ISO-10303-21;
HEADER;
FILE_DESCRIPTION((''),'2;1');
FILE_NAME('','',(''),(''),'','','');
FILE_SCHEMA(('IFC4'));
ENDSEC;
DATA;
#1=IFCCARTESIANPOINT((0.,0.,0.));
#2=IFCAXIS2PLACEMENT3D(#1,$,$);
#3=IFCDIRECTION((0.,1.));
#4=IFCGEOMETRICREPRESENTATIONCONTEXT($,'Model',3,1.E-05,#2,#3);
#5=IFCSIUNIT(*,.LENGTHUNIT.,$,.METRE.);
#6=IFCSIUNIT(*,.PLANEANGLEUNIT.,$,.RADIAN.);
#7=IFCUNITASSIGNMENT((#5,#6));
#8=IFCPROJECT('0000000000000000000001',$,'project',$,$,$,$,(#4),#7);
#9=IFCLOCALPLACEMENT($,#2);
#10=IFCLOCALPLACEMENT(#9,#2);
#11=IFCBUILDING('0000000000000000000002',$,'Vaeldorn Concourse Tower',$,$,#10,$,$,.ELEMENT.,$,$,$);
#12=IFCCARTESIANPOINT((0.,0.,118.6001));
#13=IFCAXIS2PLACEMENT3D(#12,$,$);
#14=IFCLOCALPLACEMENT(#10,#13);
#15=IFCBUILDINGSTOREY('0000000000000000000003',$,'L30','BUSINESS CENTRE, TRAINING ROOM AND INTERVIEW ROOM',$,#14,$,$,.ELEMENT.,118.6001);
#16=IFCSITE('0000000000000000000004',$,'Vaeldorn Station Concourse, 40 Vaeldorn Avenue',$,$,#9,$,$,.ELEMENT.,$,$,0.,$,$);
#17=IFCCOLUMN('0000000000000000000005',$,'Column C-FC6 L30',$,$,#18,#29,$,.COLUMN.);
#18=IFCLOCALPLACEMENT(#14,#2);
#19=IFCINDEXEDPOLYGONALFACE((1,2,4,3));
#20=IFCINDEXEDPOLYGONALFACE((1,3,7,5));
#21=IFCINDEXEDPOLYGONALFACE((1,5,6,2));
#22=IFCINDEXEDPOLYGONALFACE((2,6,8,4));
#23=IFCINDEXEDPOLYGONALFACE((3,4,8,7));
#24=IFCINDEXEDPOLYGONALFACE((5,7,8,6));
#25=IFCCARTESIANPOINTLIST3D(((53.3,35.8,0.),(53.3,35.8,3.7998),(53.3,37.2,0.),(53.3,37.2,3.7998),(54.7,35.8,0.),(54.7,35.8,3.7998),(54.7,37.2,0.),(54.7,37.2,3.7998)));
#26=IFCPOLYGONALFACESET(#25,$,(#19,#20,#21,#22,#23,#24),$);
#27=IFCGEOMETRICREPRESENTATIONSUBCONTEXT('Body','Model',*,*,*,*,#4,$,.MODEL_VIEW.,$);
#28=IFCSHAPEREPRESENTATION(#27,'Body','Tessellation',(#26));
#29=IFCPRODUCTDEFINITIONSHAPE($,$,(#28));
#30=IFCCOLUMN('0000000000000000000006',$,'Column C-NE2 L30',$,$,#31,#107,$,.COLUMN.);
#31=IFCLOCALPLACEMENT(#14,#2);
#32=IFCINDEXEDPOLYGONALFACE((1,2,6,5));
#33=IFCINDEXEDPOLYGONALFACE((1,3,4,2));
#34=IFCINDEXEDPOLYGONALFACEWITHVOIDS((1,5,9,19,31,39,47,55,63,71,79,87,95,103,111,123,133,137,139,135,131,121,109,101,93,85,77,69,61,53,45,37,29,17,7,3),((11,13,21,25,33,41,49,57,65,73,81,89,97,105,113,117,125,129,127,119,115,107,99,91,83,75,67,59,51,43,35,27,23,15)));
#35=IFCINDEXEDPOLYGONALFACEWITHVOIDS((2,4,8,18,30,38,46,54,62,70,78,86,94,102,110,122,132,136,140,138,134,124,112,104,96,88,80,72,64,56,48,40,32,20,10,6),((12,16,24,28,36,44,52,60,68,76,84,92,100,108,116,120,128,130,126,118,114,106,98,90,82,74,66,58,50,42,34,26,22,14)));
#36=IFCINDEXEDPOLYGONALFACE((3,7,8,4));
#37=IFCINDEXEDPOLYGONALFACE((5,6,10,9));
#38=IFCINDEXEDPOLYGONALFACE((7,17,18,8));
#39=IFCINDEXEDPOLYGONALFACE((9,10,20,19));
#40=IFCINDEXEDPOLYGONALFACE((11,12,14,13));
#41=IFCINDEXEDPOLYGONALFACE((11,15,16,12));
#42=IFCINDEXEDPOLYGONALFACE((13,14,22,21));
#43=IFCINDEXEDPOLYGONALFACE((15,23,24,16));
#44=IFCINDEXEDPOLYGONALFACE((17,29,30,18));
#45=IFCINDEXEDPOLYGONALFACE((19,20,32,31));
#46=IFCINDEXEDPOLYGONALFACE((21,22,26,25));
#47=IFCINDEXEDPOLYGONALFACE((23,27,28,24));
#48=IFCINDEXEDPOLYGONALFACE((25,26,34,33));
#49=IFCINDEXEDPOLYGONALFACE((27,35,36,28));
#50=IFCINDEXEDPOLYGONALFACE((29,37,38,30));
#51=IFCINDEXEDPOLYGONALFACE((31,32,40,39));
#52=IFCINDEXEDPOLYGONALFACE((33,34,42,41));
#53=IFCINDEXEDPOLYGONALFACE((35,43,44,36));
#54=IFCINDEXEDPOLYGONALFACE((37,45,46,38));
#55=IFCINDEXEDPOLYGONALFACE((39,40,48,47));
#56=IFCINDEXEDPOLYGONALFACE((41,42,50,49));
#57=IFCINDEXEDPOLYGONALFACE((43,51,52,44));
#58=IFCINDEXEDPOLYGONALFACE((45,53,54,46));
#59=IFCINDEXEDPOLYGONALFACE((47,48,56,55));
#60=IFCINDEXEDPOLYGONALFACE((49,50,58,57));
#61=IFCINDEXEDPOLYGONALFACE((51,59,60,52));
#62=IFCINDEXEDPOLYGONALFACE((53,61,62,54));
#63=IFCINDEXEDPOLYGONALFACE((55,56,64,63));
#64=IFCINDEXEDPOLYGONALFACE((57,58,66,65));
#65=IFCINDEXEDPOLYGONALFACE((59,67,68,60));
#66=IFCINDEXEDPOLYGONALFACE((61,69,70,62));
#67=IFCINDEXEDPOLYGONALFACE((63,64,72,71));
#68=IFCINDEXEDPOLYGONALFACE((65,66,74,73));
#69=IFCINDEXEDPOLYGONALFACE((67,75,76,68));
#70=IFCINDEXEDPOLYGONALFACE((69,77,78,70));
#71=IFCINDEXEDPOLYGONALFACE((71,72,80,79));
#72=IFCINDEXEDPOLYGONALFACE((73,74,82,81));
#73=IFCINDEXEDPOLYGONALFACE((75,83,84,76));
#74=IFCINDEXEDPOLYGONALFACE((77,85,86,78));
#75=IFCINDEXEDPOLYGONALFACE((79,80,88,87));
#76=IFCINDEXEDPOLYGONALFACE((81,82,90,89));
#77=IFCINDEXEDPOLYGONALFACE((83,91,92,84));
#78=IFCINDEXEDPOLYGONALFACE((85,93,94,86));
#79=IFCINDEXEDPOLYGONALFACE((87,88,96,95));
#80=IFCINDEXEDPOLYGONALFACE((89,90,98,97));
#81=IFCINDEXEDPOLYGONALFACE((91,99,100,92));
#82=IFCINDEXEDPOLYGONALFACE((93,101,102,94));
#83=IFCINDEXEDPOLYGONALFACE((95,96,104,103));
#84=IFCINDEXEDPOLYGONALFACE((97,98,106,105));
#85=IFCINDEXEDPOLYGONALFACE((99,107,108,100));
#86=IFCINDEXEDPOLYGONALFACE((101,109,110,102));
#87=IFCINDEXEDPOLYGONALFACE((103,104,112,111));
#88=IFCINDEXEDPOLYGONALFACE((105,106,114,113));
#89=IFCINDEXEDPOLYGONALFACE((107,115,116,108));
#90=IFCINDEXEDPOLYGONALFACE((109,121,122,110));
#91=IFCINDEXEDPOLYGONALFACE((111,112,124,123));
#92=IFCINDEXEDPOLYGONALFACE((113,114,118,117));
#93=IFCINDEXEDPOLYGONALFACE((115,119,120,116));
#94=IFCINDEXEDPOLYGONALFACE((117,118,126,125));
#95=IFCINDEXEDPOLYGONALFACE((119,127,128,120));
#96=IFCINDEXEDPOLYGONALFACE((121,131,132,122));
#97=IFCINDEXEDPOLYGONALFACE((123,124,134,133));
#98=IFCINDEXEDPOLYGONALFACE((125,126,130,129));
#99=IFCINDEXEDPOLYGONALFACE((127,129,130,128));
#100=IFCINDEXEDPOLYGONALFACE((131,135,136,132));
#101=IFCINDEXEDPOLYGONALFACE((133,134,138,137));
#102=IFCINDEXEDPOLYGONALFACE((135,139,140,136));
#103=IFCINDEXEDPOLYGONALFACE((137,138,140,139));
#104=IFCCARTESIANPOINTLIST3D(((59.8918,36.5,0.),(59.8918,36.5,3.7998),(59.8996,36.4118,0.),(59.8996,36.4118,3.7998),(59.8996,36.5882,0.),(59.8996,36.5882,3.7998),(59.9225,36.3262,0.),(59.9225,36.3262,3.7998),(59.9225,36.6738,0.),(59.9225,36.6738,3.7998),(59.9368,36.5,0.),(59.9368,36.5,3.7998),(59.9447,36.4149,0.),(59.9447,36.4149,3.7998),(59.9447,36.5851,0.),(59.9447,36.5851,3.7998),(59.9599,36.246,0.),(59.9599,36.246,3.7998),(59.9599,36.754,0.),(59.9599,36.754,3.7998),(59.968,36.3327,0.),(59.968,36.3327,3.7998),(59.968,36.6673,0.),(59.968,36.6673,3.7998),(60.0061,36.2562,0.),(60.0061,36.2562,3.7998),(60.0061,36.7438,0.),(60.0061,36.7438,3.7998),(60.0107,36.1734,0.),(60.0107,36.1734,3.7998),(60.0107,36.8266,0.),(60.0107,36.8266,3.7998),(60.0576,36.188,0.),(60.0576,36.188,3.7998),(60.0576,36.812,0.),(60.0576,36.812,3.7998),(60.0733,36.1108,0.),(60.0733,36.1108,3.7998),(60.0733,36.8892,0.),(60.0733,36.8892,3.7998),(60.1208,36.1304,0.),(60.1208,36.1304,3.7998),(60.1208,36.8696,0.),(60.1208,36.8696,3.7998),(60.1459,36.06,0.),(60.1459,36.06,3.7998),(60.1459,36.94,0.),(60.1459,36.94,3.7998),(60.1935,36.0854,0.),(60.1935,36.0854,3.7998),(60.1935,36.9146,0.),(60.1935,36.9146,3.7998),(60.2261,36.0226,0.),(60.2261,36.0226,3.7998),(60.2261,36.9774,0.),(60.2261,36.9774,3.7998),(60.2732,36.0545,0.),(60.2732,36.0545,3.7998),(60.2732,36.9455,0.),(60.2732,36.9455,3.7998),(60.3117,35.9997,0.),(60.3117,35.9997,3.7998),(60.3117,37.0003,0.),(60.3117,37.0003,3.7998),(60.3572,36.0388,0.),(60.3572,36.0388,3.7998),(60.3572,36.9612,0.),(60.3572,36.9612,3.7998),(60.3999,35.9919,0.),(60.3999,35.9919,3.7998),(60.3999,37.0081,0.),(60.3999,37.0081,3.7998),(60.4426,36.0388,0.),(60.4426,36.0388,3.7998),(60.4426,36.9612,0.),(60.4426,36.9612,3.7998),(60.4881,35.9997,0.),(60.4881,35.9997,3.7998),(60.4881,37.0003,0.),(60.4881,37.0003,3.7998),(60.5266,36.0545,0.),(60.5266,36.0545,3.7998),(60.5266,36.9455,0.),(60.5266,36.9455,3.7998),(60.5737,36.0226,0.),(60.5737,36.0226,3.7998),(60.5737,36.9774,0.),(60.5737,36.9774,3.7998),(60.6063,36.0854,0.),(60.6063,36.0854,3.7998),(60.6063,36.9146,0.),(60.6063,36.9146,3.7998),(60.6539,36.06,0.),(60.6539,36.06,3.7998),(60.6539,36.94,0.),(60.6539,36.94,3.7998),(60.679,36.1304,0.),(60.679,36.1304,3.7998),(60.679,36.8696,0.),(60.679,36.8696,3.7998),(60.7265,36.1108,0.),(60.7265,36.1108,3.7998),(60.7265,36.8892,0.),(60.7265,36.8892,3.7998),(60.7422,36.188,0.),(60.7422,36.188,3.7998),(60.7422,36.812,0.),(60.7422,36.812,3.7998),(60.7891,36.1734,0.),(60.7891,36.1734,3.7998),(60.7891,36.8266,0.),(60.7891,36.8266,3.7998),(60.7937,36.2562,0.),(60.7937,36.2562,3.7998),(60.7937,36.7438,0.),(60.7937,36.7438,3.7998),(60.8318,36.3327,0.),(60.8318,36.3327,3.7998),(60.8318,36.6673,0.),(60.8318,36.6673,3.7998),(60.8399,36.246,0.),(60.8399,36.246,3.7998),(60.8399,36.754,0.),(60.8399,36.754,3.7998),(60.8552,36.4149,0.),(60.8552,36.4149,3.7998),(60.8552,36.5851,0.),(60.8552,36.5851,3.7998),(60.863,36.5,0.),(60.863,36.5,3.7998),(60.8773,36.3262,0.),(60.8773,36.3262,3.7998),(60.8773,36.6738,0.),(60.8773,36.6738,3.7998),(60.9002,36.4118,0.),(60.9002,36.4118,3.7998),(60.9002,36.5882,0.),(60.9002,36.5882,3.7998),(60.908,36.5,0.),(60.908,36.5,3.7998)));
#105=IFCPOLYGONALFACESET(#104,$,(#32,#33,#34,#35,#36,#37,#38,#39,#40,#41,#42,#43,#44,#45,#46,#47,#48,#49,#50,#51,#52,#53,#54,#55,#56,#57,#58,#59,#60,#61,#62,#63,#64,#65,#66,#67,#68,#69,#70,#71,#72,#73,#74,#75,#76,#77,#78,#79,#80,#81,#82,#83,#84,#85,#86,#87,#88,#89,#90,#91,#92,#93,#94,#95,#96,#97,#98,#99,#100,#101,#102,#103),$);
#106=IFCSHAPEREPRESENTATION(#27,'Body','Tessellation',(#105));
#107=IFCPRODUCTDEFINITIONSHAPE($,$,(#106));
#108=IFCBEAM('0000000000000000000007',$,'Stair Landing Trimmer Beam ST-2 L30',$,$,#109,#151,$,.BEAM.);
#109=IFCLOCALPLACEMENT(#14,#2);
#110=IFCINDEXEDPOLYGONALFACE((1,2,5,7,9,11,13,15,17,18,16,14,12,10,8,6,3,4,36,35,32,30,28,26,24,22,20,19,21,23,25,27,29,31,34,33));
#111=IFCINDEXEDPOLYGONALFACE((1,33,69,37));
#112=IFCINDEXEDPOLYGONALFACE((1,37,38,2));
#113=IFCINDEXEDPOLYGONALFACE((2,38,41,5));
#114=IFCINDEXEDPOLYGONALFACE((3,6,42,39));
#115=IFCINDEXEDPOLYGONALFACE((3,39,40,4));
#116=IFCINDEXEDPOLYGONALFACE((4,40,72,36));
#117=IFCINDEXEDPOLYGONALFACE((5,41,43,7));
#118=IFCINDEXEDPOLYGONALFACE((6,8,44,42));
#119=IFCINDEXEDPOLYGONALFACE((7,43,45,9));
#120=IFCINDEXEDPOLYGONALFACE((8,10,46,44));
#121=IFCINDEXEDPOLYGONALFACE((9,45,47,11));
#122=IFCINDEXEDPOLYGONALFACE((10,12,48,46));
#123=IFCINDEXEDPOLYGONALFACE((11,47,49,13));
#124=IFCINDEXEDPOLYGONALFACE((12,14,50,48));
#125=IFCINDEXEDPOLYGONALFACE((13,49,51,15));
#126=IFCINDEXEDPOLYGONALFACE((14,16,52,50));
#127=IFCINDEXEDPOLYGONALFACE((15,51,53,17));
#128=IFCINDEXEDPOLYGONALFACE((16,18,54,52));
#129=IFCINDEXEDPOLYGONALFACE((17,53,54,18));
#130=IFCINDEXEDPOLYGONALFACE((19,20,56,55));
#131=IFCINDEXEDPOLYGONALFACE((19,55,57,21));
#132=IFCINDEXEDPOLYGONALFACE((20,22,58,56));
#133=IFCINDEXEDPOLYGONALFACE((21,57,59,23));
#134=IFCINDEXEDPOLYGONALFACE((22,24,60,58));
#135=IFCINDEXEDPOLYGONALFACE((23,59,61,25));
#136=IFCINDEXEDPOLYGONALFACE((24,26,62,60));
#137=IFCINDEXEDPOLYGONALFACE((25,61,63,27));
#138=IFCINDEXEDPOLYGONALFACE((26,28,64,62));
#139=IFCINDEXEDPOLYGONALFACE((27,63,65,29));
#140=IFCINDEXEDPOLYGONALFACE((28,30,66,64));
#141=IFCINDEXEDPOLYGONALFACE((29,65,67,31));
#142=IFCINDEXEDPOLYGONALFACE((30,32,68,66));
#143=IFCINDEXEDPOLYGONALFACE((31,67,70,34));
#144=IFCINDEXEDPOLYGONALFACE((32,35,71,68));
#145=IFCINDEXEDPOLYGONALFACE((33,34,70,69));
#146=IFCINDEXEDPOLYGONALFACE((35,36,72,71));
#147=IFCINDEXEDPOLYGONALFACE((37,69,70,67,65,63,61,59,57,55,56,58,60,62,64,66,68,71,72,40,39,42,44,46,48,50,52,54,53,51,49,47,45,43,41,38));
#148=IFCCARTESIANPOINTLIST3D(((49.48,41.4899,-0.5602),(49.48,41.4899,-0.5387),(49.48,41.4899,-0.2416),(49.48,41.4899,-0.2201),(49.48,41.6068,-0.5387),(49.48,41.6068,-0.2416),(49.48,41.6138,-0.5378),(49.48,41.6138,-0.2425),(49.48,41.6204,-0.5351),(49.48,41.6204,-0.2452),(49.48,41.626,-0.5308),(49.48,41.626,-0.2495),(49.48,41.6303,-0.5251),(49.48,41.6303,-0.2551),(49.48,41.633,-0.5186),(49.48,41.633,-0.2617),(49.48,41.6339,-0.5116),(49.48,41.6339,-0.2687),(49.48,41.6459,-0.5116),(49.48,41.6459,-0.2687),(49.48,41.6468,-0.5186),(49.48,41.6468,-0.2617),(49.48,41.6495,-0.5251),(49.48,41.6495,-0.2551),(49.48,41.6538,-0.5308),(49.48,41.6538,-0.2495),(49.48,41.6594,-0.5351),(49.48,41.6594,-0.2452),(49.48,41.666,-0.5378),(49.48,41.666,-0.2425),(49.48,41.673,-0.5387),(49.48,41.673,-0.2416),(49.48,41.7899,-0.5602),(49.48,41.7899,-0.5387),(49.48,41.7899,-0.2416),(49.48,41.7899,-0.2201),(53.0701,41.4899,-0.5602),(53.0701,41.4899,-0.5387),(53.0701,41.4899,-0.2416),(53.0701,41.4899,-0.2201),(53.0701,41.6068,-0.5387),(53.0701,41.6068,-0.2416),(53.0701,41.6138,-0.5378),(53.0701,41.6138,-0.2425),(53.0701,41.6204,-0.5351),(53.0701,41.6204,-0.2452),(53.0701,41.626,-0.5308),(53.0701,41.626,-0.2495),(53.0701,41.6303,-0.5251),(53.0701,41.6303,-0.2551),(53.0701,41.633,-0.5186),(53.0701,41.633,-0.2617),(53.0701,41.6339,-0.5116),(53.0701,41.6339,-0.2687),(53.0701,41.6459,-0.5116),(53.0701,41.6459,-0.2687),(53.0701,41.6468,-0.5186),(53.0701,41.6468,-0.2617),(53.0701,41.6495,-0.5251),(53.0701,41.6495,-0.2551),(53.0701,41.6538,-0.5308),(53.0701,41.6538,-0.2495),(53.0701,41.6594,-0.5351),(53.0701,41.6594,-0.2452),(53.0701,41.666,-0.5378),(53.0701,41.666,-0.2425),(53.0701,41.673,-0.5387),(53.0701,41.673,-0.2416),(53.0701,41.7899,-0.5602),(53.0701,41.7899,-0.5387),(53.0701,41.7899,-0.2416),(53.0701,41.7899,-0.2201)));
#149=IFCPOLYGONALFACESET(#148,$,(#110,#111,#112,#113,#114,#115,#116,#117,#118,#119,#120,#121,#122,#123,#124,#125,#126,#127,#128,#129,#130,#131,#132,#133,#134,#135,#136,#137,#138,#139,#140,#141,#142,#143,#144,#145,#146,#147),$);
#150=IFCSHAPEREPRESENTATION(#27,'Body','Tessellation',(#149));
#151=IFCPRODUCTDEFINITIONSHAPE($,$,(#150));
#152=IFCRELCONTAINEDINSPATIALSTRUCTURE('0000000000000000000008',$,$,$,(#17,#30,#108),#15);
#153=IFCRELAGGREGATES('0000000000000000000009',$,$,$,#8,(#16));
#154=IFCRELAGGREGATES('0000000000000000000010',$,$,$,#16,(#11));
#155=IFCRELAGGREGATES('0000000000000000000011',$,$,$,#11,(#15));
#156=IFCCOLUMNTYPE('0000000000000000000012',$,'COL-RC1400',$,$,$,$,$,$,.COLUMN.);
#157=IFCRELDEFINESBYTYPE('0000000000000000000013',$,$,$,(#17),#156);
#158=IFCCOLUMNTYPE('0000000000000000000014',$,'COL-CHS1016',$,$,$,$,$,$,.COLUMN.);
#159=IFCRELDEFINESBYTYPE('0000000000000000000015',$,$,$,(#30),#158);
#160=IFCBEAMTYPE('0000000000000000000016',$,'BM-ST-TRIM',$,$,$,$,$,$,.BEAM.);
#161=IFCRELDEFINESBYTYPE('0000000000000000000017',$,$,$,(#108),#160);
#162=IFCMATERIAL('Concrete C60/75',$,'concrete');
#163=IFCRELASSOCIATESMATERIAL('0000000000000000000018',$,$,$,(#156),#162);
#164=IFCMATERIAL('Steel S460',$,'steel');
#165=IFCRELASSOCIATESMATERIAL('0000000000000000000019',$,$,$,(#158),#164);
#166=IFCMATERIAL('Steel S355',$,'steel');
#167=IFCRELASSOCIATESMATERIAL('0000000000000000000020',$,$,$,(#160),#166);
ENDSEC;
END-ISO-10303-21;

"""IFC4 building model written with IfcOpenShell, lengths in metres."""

from ifc_helpers import new_model, si_unit, direction, frame, origin, origin_2d, place, context, subcontext, project, spatial, rectangle, hollow_circle, i_section, extrude, source, transform, mapped, material, material_profile, profile_set, type_object, element, save


model = new_model("IFC4")

# Units and contexts
model_context = context("Model", 3, precision=1e-05, world=origin(), true_north=direction((0.0, 1.0)))
body_context = subcontext(model_context, "Body", "Model", "MODEL_VIEW")
ifc_project = project(units=[si_unit("LENGTHUNIT", "METRE"), si_unit("PLANEANGLEUNIT", "RADIAN")], contexts=[model_context])

# Site, building, storey
site_placement = place(None, origin())
site = spatial("IfcSite", under=ifc_project, at=site_placement, Name="Vaeldorn Station Concourse, 40 Vaeldorn Avenue", CompositionType="ELEMENT", RefElevation=0.0)
building_placement = place(site_placement, origin())
building = spatial("IfcBuilding", under=site, at=building_placement, Name="Vaeldorn Concourse Tower", CompositionType="ELEMENT")
storey_placement = place(building_placement, frame((0.0, 0.0, 118.6001)))
storey = spatial("IfcBuildingStorey", under=building, at=storey_placement, Name="L30", Description="BUSINESS CENTRE, TRAINING ROOM AND INTERVIEW ROOM", CompositionType="ELEMENT", Elevation=118.6001)

# Columns
ifc_material_1 = material(Name="Concrete C60/75", Category="concrete")
ifc_material_profile_1 = material_profile(ifc_material_1, rectangle(XDim=1.3999, YDim=1.3999, at=origin_2d()), Name="RC 1400x1400")
ifc_profile_set_1 = profile_set([ifc_material_profile_1], Name="Concrete C60/75")
column_type_1 = type_object("IfcColumnType", Name="COL-RC1400", PredefinedType="COLUMN", material=ifc_profile_set_1)
shared_shape_1 = source(origin(), body_context, "Body", "SweptSolid", [
    extrude(rectangle(XDim=1.3999, YDim=1.3999, at=origin_2d()), origin(), (0.0, 0.0, 1.0), 3.7998),
])
column_1_placement = place(storey_placement, frame((54.0, 36.5, 0.0), z_axis=(0.0, 0.0, 1.0), x_axis=(1.0, 0.0, 0.0)))
element("IfcColumn", 1, at=column_1_placement, inside=storey, type_object=column_type_1, Name="Column C-FC6 L30", PredefinedType="COLUMN", context=body_context, shape_type="MappedRepresentation", body=[
    mapped(shared_shape_1, transform((0.0, 0.0, 0.0), scale=1.0)),
])
ifc_material_2 = material(Name="Steel S460", Category="steel")
ifc_material_profile_2 = material_profile(ifc_material_2, hollow_circle(Radius=0.5081, WallThickness=0.0449, at=origin_2d()), Name="CHS 1016x45")
ifc_profile_set_2 = profile_set([ifc_material_profile_2], Name="Steel S460")
column_type_2 = type_object("IfcColumnType", Name="COL-CHS1016", PredefinedType="COLUMN", material=ifc_profile_set_2)
shared_shape_2 = source(origin(), body_context, "Body", "SweptSolid", [
    extrude(hollow_circle(Radius=0.5081, WallThickness=0.0449, at=origin_2d()), origin(), (0.0, 0.0, 1.0), 3.7998),
])
column_2_placement = place(storey_placement, frame((60.3999, 36.5, 0.0), z_axis=(0.0, 0.0, 1.0), x_axis=(1.0, 0.0, 0.0)))
element("IfcColumn", 2, at=column_2_placement, inside=storey, type_object=column_type_2, Name="Column C-NE2 L30", PredefinedType="COLUMN", context=body_context, shape_type="MappedRepresentation", body=[
    mapped(shared_shape_2, transform((0.0, 0.0, 0.0), scale=1.0)),
])

# Beam
ifc_material_3 = material(Name="Steel S355", Category="steel")
ifc_material_profile_3 = material_profile(ifc_material_3, i_section(OverallWidth=0.3, OverallDepth=0.3401, WebThickness=0.012, FlangeThickness=0.0215, FilletRadius=0.0271, at=origin_2d()), Name="HEB 340")
ifc_profile_set_3 = profile_set([ifc_material_profile_3], Name="Steel S355")
beam_type_1 = type_object("IfcBeamType", Name="BM-ST-TRIM", PredefinedType="BEAM", material=ifc_profile_set_3)
shared_shape_3 = source(origin(), body_context, "Body", "SweptSolid", [
    extrude(i_section(OverallWidth=0.3, OverallDepth=0.3401, WebThickness=0.012, FlangeThickness=0.0215, FilletRadius=0.0271, at=origin_2d()), origin(), (0.0, 0.0, 1.0), 3.5901),
])
beam_1_placement = place(storey_placement, frame((49.48, 41.6399, -0.3901), z_axis=(1.0, 0.0, 0.0), x_axis=(0.0, 1.0, 0.0)))
element("IfcBeam", 3, at=beam_1_placement, inside=storey, type_object=beam_type_1, Name="Stair Landing Trimmer Beam ST-2 L30", PredefinedType="BEAM", context=body_context, shape_type="MappedRepresentation", body=[
    mapped(shared_shape_3, transform((0.0, 0.0, 0.0), scale=1.0)),
])

save(model, "model.ifc")
